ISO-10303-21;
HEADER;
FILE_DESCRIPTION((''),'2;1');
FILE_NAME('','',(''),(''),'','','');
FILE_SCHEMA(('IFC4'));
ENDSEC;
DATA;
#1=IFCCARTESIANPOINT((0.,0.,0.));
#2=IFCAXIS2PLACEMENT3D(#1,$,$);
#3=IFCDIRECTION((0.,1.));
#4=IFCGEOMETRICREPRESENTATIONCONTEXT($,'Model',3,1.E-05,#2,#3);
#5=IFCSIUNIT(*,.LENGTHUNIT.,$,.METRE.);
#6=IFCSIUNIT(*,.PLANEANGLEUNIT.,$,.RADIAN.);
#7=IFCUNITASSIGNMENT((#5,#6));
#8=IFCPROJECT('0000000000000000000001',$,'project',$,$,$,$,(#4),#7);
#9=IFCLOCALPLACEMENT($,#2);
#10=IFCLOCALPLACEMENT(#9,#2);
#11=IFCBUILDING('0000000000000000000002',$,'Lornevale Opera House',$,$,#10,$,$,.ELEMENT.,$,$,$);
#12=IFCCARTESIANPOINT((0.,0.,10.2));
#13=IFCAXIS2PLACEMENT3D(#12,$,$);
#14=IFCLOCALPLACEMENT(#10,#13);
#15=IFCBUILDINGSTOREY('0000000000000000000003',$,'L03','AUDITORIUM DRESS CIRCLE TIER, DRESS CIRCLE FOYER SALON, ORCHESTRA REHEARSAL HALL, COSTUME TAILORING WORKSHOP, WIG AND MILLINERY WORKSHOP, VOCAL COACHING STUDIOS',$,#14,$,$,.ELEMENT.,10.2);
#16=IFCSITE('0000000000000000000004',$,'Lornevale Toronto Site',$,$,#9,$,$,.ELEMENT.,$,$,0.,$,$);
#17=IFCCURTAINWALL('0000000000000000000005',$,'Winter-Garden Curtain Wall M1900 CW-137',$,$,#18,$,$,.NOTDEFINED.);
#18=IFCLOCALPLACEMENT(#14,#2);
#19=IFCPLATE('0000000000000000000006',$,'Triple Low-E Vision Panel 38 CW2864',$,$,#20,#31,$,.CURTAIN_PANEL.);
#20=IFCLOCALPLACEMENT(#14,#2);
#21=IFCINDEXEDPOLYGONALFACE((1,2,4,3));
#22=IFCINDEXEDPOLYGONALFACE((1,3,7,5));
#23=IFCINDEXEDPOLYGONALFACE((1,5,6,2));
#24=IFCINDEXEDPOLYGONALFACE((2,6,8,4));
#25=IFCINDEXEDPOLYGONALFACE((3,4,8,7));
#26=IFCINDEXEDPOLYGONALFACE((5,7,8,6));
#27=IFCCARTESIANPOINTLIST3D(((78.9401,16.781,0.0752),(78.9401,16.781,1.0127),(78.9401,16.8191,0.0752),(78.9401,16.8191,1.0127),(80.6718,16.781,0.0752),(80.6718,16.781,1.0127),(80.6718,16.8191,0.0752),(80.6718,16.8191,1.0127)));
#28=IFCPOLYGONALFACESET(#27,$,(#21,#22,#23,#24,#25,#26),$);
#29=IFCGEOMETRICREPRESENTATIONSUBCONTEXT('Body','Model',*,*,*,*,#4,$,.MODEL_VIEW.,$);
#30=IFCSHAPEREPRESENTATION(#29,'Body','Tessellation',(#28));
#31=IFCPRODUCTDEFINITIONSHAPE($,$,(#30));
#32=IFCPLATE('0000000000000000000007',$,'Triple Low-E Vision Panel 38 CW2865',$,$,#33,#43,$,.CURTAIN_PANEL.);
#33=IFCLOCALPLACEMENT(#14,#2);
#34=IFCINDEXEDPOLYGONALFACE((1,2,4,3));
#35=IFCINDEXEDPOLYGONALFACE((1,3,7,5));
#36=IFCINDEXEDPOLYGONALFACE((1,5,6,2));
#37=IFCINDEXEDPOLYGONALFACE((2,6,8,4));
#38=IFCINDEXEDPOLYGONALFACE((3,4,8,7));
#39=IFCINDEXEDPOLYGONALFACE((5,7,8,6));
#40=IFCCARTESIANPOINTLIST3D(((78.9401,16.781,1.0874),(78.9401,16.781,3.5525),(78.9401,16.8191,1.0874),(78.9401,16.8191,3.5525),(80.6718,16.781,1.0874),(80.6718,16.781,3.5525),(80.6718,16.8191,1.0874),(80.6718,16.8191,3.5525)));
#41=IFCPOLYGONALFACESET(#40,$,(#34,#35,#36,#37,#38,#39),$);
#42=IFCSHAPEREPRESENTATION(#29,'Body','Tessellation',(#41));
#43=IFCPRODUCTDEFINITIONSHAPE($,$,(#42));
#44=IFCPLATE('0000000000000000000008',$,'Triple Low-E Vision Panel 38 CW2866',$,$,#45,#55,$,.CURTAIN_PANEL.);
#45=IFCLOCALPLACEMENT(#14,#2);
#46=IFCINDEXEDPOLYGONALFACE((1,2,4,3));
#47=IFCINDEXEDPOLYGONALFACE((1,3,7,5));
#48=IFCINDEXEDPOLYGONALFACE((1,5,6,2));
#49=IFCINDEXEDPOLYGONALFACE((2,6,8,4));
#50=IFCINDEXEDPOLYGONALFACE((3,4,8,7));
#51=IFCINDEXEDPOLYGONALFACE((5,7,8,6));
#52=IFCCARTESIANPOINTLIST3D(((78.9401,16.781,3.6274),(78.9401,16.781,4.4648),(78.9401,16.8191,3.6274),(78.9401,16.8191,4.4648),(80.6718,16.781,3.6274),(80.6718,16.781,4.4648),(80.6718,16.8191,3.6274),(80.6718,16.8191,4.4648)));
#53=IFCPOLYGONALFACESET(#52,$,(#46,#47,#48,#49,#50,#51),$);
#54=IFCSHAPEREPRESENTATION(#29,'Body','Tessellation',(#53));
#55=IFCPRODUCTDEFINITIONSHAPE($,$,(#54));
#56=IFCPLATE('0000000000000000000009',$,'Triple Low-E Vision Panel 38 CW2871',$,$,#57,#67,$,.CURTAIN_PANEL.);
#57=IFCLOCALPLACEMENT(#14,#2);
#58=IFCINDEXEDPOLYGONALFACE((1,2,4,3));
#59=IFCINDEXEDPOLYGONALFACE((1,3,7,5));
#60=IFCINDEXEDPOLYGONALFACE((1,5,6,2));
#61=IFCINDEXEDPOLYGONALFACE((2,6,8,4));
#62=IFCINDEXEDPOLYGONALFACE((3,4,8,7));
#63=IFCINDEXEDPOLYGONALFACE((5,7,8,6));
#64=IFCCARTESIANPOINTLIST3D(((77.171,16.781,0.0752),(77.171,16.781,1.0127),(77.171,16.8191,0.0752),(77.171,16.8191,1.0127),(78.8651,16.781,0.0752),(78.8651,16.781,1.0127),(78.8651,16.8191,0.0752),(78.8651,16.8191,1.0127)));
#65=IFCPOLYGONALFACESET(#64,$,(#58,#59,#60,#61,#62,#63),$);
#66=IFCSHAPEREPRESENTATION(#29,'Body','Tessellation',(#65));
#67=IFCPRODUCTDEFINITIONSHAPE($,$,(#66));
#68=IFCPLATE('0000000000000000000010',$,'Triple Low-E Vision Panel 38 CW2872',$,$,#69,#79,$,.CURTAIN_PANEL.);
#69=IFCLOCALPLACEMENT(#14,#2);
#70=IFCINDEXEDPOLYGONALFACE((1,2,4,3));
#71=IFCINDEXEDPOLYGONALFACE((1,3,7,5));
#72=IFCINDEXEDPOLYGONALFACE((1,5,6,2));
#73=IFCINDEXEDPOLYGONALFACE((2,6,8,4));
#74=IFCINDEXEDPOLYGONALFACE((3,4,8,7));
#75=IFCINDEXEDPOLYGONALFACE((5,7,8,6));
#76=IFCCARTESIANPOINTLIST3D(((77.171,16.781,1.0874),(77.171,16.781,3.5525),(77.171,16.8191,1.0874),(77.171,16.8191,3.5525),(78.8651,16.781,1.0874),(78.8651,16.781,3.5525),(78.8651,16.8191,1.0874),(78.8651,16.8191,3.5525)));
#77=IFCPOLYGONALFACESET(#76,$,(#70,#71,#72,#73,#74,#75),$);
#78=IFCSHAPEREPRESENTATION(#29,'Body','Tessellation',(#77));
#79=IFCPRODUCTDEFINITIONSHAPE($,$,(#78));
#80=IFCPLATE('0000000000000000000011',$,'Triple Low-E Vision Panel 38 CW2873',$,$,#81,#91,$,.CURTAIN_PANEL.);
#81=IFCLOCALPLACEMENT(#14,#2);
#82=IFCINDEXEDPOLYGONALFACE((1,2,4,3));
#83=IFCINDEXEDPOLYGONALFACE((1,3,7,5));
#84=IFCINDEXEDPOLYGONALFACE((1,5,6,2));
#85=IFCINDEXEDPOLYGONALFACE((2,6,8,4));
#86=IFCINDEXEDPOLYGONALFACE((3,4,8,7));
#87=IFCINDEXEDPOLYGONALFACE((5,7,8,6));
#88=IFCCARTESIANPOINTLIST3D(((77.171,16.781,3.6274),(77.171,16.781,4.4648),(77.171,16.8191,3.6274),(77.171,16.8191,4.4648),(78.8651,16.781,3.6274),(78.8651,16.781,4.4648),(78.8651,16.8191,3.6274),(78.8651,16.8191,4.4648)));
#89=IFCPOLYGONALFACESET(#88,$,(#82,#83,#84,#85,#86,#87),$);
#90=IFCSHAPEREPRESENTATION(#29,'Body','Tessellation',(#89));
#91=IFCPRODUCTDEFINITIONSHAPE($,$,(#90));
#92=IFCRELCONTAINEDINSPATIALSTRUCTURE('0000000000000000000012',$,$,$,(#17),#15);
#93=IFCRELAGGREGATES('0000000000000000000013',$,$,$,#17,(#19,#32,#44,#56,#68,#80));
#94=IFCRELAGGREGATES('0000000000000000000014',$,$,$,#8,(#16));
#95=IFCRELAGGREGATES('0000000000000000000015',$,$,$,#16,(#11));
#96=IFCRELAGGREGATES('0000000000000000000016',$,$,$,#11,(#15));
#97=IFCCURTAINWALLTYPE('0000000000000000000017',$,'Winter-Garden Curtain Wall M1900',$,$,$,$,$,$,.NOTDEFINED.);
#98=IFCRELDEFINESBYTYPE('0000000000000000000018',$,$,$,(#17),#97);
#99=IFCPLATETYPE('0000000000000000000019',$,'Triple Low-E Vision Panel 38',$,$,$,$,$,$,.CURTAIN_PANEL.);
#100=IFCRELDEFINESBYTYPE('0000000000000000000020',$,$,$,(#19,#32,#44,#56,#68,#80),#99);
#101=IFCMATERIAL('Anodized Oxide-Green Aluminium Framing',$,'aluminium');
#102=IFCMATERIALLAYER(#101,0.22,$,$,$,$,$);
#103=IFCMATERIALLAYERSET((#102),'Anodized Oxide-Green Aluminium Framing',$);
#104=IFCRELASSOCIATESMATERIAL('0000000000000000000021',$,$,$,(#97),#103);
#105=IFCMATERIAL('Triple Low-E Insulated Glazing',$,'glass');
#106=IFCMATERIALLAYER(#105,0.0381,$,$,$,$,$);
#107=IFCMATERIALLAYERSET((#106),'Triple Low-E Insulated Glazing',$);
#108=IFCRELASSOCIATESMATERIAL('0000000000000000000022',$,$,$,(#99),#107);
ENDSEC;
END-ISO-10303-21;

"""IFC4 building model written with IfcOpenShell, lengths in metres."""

from ifc_helpers import new_model, si_unit, direction, frame, origin, origin_2d, place, context, subcontext, project, spatial, rectangle, extrude, material, layer, layer_set, type_object, element, aggregate, save


model = new_model("IFC4")

# Units and contexts
model_context = context("Model", 3, precision=1e-05, world=origin(), true_north=direction((0.0, 1.0)))
body_context = subcontext(model_context, "Body", "Model", "MODEL_VIEW")
ifc_project = project(units=[si_unit("LENGTHUNIT", "METRE"), si_unit("PLANEANGLEUNIT", "RADIAN")], contexts=[model_context])

# Site, building, storey
site_placement = place(None, origin())
site = spatial("IfcSite", under=ifc_project, at=site_placement, Name="Lornevale Toronto Site", CompositionType="ELEMENT", RefElevation=0.0)
building_placement = place(site_placement, origin())
building = spatial("IfcBuilding", under=site, at=building_placement, Name="Lornevale Opera House", CompositionType="ELEMENT")
storey_placement = place(building_placement, frame((0.0, 0.0, 10.2)))
storey = spatial("IfcBuildingStorey", under=building, at=storey_placement, Name="L03", Description="AUDITORIUM DRESS CIRCLE TIER, DRESS CIRCLE FOYER SALON, ORCHESTRA REHEARSAL HALL, COSTUME TAILORING WORKSHOP, WIG AND MILLINERY WORKSHOP, VOCAL COACHING STUDIOS", CompositionType="ELEMENT", Elevation=10.2)

# Shared definitions
ifc_material_1 = material(Name="Anodized Oxide-Green Aluminium Framing", Category="aluminium")
ifc_layer_1 = layer(ifc_material_1, 0.22)
ifc_layer_set_1 = layer_set([ifc_layer_1], Name="Anodized Oxide-Green Aluminium Framing")
curtain_wall_type = type_object("IfcCurtainWallType", Name="Winter-Garden Curtain Wall M1900", PredefinedType="NOTDEFINED", material=ifc_layer_set_1)

# Curtain wall, plates
curtain_wall_1_placement = place(storey_placement, origin())
curtain_wall_1 = element("IfcCurtainWall", 1, at=curtain_wall_1_placement, inside=storey, type_object=curtain_wall_type, Name="Winter-Garden Curtain Wall M1900 CW-137", PredefinedType="NOTDEFINED")
ifc_material_2 = material(Name="Triple Low-E Insulated Glazing", Category="glass")
ifc_layer_2 = layer(ifc_material_2, 0.0381)
ifc_layer_set_2 = layer_set([ifc_layer_2], Name="Triple Low-E Insulated Glazing")
plate_type = type_object("IfcPlateType", Name="Triple Low-E Vision Panel 38", PredefinedType="CURTAIN_PANEL", material=ifc_layer_set_2)
plate_1_placement = place(storey_placement, frame((79.8059, 16.8, 0.0752), z_axis=(0.0, 0.0, 1.0), x_axis=(-1.0, 0.0, 0.0)))
plate_1 = element("IfcPlate", 2, at=plate_1_placement, type_object=plate_type, Name="Triple Low-E Vision Panel 38 CW2864", PredefinedType="CURTAIN_PANEL", context=body_context, shape_type="SweptSolid", body=[
    extrude(rectangle(XDim=1.7317, YDim=0.0381, at=origin_2d()), origin(), (0.0, 0.0, 1.0), 0.9375),
])
plate_2_placement = place(storey_placement, frame((79.8059, 16.8, 1.0874), z_axis=(0.0, 0.0, 1.0), x_axis=(-1.0, 0.0, 0.0)))
plate_2 = element("IfcPlate", 3, at=plate_2_placement, type_object=plate_type, Name="Triple Low-E Vision Panel 38 CW2865", PredefinedType="CURTAIN_PANEL", context=body_context, shape_type="SweptSolid", body=[
    extrude(rectangle(XDim=1.7317, YDim=0.0381, at=origin_2d()), origin(), (0.0, 0.0, 1.0), 2.4651),
])
plate_3_placement = place(storey_placement, frame((79.8059, 16.8, 3.6274), z_axis=(0.0, 0.0, 1.0), x_axis=(-1.0, 0.0, 0.0)))
plate_3 = element("IfcPlate", 4, at=plate_3_placement, type_object=plate_type, Name="Triple Low-E Vision Panel 38 CW2866", PredefinedType="CURTAIN_PANEL", context=body_context, shape_type="SweptSolid", body=[
    extrude(rectangle(XDim=1.7317, YDim=0.0381, at=origin_2d()), origin(), (0.0, 0.0, 1.0), 0.8374),
])
plate_4_placement = place(storey_placement, frame((78.0181, 16.8, 0.0752), z_axis=(0.0, 0.0, 1.0), x_axis=(-1.0, 0.0, 0.0)))
plate_4 = element("IfcPlate", 5, at=plate_4_placement, type_object=plate_type, Name="Triple Low-E Vision Panel 38 CW2871", PredefinedType="CURTAIN_PANEL", context=body_context, shape_type="SweptSolid", body=[
    extrude(rectangle(XDim=1.6941, YDim=0.0381, at=origin_2d()), origin(), (0.0, 0.0, 1.0), 0.9375),
])
plate_5_placement = place(storey_placement, frame((78.0181, 16.8, 1.0874), z_axis=(0.0, 0.0, 1.0), x_axis=(-1.0, 0.0, 0.0)))
plate_5 = element("IfcPlate", 6, at=plate_5_placement, type_object=plate_type, Name="Triple Low-E Vision Panel 38 CW2872", PredefinedType="CURTAIN_PANEL", context=body_context, shape_type="SweptSolid", body=[
    extrude(rectangle(XDim=1.6941, YDim=0.0381, at=origin_2d()), origin(), (0.0, 0.0, 1.0), 2.4651),
])
plate_6_placement = place(storey_placement, frame((78.0181, 16.8, 3.6274), z_axis=(0.0, 0.0, 1.0), x_axis=(-1.0, 0.0, 0.0)))
plate_6 = element("IfcPlate", 7, at=plate_6_placement, type_object=plate_type, Name="Triple Low-E Vision Panel 38 CW2873", PredefinedType="CURTAIN_PANEL", context=body_context, shape_type="SweptSolid", body=[
    extrude(rectangle(XDim=1.6941, YDim=0.0381, at=origin_2d()), origin(), (0.0, 0.0, 1.0), 0.8374),
])
aggregate(curtain_wall_1, [plate_1, plate_2, plate_3, plate_4, plate_5, plate_6])

save(model, "model.ifc")
